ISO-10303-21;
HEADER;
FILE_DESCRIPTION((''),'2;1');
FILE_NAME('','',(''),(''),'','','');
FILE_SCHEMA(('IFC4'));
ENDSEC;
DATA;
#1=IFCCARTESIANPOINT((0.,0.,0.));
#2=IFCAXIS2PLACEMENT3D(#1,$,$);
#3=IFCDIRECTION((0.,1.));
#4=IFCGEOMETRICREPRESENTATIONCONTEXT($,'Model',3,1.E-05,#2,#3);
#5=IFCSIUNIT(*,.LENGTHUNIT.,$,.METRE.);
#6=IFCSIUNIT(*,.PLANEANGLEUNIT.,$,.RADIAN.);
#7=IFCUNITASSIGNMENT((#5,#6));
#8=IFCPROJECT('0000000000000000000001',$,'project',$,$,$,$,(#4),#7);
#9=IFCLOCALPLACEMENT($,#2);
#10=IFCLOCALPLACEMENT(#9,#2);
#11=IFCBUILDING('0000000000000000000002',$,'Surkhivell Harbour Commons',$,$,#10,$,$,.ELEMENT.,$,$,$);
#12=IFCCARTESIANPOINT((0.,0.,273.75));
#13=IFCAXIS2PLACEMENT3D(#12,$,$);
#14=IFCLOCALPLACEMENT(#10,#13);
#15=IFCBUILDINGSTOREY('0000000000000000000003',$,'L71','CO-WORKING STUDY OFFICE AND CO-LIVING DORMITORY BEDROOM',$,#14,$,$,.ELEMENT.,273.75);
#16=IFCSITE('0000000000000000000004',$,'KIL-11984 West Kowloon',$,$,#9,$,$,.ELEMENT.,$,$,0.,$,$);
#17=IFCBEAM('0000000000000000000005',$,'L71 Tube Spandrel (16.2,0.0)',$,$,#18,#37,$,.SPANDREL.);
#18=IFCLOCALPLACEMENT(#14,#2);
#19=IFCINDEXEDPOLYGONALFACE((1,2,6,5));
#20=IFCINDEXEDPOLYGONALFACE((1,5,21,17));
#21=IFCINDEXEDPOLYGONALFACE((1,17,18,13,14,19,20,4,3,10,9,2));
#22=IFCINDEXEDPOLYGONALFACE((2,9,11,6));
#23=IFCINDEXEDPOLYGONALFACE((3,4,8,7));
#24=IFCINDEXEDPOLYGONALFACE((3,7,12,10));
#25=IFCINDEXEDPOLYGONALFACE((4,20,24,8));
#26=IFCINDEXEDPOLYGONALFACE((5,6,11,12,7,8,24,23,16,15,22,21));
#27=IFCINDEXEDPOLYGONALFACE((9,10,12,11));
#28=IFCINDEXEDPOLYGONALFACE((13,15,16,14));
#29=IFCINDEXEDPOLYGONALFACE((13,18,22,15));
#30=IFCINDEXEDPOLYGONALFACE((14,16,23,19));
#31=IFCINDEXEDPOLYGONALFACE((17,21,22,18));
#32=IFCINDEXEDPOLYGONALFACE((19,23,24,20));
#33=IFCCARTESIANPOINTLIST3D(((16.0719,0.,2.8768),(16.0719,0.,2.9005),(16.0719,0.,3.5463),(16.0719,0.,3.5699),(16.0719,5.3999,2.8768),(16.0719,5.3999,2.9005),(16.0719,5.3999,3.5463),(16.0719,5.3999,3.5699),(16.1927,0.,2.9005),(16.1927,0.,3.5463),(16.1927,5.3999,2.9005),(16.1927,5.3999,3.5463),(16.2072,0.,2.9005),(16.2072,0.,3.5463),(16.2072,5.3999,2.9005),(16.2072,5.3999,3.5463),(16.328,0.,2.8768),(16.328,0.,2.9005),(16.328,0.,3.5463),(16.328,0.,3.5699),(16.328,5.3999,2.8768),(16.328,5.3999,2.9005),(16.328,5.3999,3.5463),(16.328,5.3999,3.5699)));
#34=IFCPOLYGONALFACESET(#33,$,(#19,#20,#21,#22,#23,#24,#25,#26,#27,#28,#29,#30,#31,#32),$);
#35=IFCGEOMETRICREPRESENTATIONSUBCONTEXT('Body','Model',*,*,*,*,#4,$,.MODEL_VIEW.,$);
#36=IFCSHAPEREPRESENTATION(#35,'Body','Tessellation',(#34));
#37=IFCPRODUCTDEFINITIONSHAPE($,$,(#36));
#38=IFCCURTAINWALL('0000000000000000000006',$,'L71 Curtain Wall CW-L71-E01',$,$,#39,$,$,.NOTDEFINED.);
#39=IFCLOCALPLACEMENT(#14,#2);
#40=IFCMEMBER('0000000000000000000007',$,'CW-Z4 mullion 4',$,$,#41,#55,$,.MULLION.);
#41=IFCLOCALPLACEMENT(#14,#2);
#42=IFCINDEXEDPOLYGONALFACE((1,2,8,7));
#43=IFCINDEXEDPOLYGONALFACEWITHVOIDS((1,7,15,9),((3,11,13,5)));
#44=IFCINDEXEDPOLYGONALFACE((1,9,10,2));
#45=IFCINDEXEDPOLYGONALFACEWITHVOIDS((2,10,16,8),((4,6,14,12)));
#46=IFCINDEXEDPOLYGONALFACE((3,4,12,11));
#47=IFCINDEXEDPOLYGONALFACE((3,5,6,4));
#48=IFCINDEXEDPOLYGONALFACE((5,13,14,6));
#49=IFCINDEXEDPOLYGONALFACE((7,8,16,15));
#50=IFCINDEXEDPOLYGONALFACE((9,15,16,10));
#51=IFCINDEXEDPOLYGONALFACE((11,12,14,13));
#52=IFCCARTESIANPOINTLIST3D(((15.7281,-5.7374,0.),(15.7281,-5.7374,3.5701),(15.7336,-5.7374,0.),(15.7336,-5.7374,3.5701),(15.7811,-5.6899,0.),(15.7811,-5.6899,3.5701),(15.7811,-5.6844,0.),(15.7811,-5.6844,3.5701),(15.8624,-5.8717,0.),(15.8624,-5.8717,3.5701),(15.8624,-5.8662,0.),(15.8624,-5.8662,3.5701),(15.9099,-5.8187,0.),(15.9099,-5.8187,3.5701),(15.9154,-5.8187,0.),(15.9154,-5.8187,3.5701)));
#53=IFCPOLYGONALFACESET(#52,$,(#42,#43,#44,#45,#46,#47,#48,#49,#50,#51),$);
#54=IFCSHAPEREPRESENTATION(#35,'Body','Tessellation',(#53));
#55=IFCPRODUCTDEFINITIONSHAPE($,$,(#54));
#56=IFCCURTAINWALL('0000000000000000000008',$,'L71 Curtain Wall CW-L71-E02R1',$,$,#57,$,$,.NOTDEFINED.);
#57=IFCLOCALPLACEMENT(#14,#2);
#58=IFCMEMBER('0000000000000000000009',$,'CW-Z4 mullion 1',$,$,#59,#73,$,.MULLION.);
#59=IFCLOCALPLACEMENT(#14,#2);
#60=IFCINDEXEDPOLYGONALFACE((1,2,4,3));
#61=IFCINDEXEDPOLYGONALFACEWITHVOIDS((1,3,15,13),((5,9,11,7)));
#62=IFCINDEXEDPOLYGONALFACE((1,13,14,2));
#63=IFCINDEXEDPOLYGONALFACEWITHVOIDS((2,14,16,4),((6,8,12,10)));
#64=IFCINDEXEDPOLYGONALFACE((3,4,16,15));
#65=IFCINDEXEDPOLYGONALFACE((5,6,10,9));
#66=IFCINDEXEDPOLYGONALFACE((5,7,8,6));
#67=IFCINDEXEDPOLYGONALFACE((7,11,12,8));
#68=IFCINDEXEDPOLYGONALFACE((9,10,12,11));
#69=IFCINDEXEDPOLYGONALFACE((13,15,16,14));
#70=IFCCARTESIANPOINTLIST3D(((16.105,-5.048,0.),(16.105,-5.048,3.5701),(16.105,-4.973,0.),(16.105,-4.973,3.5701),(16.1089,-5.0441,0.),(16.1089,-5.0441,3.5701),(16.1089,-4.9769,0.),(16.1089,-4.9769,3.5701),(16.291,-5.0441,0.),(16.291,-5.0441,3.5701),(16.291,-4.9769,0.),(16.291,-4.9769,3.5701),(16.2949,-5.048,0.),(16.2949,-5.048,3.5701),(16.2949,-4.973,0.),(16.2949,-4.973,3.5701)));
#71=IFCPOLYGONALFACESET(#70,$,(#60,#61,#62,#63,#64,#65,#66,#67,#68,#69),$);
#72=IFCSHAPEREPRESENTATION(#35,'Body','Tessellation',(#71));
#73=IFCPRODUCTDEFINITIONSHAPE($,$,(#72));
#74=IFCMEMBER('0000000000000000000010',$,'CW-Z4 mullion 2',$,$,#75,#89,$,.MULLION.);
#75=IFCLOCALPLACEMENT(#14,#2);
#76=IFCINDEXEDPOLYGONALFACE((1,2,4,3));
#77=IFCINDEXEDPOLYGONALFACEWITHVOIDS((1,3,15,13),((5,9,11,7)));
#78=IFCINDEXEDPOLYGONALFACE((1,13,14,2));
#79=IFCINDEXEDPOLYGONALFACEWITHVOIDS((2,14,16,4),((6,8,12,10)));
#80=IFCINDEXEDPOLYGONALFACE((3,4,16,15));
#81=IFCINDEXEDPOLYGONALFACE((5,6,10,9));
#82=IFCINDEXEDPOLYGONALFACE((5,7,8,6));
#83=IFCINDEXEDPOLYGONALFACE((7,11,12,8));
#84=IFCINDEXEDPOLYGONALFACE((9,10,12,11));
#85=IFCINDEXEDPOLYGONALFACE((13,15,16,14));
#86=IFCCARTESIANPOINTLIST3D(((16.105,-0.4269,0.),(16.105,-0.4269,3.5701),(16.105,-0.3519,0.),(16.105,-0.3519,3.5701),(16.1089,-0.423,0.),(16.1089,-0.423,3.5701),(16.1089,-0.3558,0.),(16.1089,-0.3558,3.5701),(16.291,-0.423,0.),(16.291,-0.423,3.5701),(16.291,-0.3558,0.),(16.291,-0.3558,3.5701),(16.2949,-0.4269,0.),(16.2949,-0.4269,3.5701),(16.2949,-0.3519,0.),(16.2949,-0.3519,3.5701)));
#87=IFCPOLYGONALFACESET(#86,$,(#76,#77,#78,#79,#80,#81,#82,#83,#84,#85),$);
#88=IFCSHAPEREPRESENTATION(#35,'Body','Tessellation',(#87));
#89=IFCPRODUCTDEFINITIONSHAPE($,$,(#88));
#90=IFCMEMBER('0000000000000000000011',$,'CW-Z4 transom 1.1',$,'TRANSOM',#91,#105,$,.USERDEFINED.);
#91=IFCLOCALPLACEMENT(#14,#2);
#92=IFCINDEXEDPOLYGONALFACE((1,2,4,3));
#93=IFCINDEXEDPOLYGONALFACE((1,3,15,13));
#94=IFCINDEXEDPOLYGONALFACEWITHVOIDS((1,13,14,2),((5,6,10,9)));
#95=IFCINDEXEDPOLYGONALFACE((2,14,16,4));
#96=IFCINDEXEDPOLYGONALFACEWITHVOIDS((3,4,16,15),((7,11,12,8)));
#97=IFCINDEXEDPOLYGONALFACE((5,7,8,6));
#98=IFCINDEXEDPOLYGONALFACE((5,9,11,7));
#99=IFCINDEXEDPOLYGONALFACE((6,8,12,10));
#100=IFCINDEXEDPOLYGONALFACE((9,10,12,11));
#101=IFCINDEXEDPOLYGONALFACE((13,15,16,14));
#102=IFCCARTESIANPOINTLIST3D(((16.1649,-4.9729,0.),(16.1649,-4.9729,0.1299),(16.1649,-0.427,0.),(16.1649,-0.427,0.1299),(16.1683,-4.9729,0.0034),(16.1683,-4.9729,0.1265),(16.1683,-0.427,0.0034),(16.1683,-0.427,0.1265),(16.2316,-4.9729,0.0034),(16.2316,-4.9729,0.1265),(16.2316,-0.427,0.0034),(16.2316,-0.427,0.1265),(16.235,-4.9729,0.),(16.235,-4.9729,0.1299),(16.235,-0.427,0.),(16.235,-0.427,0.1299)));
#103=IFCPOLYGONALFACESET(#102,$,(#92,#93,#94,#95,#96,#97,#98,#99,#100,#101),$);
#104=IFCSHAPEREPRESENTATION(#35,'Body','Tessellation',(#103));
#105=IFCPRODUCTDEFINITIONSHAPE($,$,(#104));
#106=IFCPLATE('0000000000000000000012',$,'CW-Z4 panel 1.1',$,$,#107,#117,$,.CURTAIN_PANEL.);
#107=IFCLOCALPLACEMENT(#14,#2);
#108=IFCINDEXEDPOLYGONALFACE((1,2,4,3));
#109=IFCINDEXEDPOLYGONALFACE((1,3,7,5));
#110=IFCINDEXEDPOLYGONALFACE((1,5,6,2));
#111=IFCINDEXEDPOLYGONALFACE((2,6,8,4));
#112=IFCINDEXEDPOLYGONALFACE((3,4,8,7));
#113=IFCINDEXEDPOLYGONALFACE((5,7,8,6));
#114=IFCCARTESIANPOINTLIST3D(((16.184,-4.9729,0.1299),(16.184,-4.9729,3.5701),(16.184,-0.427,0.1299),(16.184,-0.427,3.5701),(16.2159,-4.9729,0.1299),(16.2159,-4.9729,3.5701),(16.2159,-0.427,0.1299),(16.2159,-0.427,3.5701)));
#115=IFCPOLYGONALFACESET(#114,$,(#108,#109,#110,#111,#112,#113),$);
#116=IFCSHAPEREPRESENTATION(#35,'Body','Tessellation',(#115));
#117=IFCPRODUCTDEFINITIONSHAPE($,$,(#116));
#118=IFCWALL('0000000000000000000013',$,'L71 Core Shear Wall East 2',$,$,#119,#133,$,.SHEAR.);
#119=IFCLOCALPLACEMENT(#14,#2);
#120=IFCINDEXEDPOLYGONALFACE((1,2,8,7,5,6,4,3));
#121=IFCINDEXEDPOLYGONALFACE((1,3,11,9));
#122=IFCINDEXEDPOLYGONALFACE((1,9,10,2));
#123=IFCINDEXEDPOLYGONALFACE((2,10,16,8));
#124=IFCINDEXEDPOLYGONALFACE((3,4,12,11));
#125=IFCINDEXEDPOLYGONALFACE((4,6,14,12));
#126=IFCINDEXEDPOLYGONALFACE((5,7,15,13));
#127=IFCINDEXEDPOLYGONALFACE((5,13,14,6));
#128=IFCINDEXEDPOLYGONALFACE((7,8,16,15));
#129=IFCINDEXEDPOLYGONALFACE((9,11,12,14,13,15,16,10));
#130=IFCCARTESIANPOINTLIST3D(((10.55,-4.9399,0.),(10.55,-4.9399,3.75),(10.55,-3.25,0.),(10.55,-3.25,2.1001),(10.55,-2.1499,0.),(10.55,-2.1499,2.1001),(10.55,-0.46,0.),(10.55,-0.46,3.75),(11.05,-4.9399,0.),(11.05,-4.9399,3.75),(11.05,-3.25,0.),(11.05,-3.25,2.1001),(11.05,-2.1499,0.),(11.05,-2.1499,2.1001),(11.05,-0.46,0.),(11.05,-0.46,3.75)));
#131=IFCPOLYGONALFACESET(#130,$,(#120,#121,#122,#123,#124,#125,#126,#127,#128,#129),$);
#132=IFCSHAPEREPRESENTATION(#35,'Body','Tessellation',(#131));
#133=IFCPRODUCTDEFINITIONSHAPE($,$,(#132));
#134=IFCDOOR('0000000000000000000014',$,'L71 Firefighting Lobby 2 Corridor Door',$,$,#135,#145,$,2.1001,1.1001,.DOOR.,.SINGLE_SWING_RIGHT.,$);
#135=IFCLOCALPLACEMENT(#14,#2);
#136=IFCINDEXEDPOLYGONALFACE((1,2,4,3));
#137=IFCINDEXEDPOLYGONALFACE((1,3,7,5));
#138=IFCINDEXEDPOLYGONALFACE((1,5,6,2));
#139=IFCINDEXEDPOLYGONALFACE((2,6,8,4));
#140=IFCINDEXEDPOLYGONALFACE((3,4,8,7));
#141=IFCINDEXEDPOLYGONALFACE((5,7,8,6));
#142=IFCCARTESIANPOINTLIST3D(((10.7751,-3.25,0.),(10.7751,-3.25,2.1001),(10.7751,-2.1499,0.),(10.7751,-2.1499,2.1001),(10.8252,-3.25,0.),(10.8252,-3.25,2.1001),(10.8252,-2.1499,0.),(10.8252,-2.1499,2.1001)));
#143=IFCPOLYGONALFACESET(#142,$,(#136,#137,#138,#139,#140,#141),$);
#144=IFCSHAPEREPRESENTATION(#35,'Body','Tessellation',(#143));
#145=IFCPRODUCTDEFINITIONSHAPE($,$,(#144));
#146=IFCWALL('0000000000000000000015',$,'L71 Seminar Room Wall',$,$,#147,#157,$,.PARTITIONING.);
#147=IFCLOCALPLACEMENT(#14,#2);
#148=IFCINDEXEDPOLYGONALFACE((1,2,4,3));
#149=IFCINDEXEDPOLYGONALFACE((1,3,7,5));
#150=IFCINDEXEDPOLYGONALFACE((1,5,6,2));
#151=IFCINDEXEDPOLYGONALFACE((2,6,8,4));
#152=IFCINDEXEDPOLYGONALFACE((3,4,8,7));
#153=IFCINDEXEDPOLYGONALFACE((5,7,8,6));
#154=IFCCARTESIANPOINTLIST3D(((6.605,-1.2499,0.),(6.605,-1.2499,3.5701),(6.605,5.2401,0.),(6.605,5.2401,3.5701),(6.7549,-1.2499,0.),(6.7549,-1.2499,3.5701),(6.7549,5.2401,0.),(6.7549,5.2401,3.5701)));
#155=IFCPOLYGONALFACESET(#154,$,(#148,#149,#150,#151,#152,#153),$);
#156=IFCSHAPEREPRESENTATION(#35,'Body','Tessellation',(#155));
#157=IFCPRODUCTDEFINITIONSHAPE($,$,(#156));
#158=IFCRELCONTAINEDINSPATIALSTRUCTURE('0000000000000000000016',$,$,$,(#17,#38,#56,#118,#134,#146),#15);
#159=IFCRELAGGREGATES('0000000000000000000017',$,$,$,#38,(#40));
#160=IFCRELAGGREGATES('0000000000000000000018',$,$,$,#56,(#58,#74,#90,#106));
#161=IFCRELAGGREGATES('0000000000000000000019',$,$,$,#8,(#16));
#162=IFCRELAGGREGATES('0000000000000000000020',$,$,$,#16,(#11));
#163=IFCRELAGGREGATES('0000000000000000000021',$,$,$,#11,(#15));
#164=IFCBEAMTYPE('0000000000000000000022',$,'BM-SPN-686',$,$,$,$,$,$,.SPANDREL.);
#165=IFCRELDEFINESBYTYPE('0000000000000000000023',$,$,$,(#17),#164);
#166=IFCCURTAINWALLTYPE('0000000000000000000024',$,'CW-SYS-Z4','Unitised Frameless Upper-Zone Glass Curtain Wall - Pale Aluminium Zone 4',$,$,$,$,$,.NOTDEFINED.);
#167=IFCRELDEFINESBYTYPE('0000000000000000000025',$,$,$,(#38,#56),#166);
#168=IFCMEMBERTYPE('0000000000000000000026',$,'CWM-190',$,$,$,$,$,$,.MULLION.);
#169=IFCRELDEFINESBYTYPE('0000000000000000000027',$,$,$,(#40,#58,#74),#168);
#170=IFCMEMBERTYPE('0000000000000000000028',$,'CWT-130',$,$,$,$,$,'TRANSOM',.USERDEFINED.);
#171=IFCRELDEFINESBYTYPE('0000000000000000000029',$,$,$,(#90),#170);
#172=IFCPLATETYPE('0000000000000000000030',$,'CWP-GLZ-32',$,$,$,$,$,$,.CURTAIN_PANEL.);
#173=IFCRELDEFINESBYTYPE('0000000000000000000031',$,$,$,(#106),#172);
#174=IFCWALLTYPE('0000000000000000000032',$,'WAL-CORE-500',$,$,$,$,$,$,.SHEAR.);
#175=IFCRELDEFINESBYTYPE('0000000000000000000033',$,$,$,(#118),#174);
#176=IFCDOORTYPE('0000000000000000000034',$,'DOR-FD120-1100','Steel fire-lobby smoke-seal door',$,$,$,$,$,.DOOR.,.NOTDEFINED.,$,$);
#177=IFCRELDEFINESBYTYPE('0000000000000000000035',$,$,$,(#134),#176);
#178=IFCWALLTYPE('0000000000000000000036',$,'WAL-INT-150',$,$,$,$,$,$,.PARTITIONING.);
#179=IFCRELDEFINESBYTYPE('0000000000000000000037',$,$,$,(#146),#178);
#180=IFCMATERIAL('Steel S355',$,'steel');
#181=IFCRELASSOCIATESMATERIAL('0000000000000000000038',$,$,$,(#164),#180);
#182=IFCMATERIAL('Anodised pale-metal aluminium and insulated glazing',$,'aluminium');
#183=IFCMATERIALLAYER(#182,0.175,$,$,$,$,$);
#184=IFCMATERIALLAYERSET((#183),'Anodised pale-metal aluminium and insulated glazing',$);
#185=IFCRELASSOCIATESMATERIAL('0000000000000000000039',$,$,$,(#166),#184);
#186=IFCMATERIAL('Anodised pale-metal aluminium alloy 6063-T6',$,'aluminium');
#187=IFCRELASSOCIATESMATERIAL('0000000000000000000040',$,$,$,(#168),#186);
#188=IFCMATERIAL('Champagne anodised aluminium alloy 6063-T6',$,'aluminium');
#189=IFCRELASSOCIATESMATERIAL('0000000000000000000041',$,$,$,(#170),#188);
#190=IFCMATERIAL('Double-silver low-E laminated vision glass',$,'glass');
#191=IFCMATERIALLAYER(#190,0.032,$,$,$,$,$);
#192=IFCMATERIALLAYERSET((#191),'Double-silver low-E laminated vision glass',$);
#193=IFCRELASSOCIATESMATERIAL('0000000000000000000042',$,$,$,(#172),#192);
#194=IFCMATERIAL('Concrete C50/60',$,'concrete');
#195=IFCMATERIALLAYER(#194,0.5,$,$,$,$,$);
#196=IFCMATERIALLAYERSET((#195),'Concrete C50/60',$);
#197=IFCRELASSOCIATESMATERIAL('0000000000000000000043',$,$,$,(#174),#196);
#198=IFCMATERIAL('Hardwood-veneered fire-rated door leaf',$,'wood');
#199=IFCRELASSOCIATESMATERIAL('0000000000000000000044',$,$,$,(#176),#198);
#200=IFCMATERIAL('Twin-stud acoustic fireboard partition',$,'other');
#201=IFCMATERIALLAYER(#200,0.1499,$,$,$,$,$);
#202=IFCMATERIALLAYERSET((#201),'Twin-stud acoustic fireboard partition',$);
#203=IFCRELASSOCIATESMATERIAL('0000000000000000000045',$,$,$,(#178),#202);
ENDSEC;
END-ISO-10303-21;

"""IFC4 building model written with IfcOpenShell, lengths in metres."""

from ifc_helpers import new_model, si_unit, direction, frame, frame_2d, origin, origin_2d, place, context, subcontext, project, spatial, rectangle, hollow_rectangle, i_section, extrude, material, layer, layer_set, material_profile, profile_set, type_object, element, fill, aggregate, save


model = new_model("IFC4")

# Units and contexts
model_context = context("Model", 3, precision=1e-05, world=origin(), true_north=direction((0.0, 1.0)))
body_context = subcontext(model_context, "Body", "Model", "MODEL_VIEW")
ifc_project = project(units=[si_unit("LENGTHUNIT", "METRE"), si_unit("PLANEANGLEUNIT", "RADIAN")], contexts=[model_context])

# Site, building, storey
site_placement = place(None, origin())
site = spatial("IfcSite", under=ifc_project, at=site_placement, Name="KIL-11984 West Kowloon", CompositionType="ELEMENT", RefElevation=0.0)
building_placement = place(site_placement, origin())
building = spatial("IfcBuilding", under=site, at=building_placement, Name="Surkhivell Harbour Commons", CompositionType="ELEMENT")
storey_placement = place(building_placement, frame((0.0, 0.0, 273.75)))
storey = spatial("IfcBuildingStorey", under=building, at=storey_placement, Name="L71", Description="CO-WORKING STUDY OFFICE AND CO-LIVING DORMITORY BEDROOM", CompositionType="ELEMENT", Elevation=273.75)

# Shared definitions
ifc_material_1 = material(Name="Concrete C50/60", Category="concrete")

# Beam
ifc_material_2 = material(Name="Steel S355", Category="steel")
ifc_material_profile_1 = material_profile(ifc_material_2, i_section(OverallWidth=0.2561, OverallDepth=0.6931, WebThickness=0.0144, FlangeThickness=0.0237, at=origin_2d()), Name="UB686x254x170")
ifc_profile_set_1 = profile_set([ifc_material_profile_1], Name="Steel S355")
beam_type_1 = type_object("IfcBeamType", Name="BM-SPN-686", PredefinedType="SPANDREL", material=ifc_profile_set_1)
for number, where, z_axis, x_axis, name in (
    (1, (16.2, 0.0, 3.2234), (0.0, 1.0, 0.0), (-1.0, 0.0, 0.0), "L71 Tube Spandrel (16.2,0.0)"),
):
    element("IfcBeam", number, at=place(storey_placement, frame(where, z_axis=z_axis, x_axis=x_axis)), inside=storey, type_object=beam_type_1, Name=name, PredefinedType="SPANDREL", context=body_context, shape_type="SweptSolid", body=[
        extrude(i_section(OverallWidth=0.2561, OverallDepth=0.6931, WebThickness=0.0144, FlangeThickness=0.0237, at=origin_2d()), origin(), (0.0, 0.0, 1.0), 5.3999),
    ])

# Curtain wall, member
ifc_material_3 = material(Name="Anodised pale-metal aluminium and insulated glazing", Category="aluminium")
ifc_layer_1 = layer(ifc_material_3, 0.175)
ifc_layer_set_1 = layer_set([ifc_layer_1], Name="Anodised pale-metal aluminium and insulated glazing")
curtain_wall_type = type_object("IfcCurtainWallType", Name="CW-SYS-Z4", Description="Unitised Frameless Upper-Zone Glass Curtain Wall - Pale Aluminium Zone 4", PredefinedType="NOTDEFINED", material=ifc_layer_set_1)
curtain_wall_1_placement = place(storey_placement, origin())
curtain_wall_1 = element("IfcCurtainWall", 2, at=curtain_wall_1_placement, inside=storey, type_object=curtain_wall_type, Name="L71 Curtain Wall CW-L71-E01", PredefinedType="NOTDEFINED")
ifc_material_4 = material(Name="Anodised pale-metal aluminium alloy 6063-T6", Category="aluminium")
ifc_material_profile_2 = material_profile(ifc_material_4, hollow_rectangle(XDim=0.075, YDim=0.1899, WallThickness=0.0039, at=origin_2d()), Name="ALU-MULL-75x190")
ifc_profile_set_2 = profile_set([ifc_material_profile_2], Name="Anodised pale-metal aluminium alloy 6063-T6")
member_type_1 = type_object("IfcMemberType", Name="CWM-190", PredefinedType="MULLION", material=ifc_profile_set_2)
member_1_placement = place(storey_placement, frame((15.8218, -5.7781, 0.0), z_axis=(0.0, 0.0, 1.0), x_axis=(0.707107, 0.707107, 0.0)))
member_1 = element("IfcMember", 3, at=member_1_placement, type_object=member_type_1, Name="CW-Z4 mullion 4", PredefinedType="MULLION", context=body_context, shape_type="SweptSolid", body=[
    extrude(hollow_rectangle(XDim=0.075, YDim=0.1899, WallThickness=0.0039, at=origin_2d()), origin(), (0.0, 0.0, 1.0), 3.5701),
])
aggregate(curtain_wall_1, [member_1])

# Curtain wall, members, plate
curtain_wall_2_placement = place(storey_placement, origin())
curtain_wall_2 = element("IfcCurtainWall", 4, at=curtain_wall_2_placement, inside=storey, type_object=curtain_wall_type, Name="L71 Curtain Wall CW-L71-E02R1", PredefinedType="NOTDEFINED")
member_2_placement = place(storey_placement, frame((16.2, -5.0105, 0.0), z_axis=(0.0, 0.0, 1.0), x_axis=(0.0, 1.0, 0.0)))
member_2 = element("IfcMember", 5, at=member_2_placement, type_object=member_type_1, Name="CW-Z4 mullion 1", PredefinedType="MULLION", context=body_context, shape_type="SweptSolid", body=[
    extrude(hollow_rectangle(XDim=0.075, YDim=0.1899, WallThickness=0.0039, at=origin_2d()), origin(), (0.0, 0.0, 1.0), 3.5701),
])
member_3_placement = place(storey_placement, frame((16.2, -0.3894, 0.0), z_axis=(0.0, 0.0, 1.0), x_axis=(0.0, 1.0, 0.0)))
member_3 = element("IfcMember", 6, at=member_3_placement, type_object=member_type_1, Name="CW-Z4 mullion 2", PredefinedType="MULLION", context=body_context, shape_type="SweptSolid", body=[
    extrude(hollow_rectangle(XDim=0.075, YDim=0.1899, WallThickness=0.0039, at=origin_2d()), origin(), (0.0, 0.0, 1.0), 3.5701),
])
ifc_material_5 = material(Name="Champagne anodised aluminium alloy 6063-T6", Category="aluminium")
ifc_material_profile_3 = material_profile(ifc_material_5, hollow_rectangle(XDim=0.0701, YDim=0.1299, WallThickness=0.0034, at=origin_2d()), Name="ALU-TRAN-70x130")
ifc_profile_set_3 = profile_set([ifc_material_profile_3], Name="Champagne anodised aluminium alloy 6063-T6")
member_type_2 = type_object("IfcMemberType", Name="CWT-130", ElementType="TRANSOM", PredefinedType="USERDEFINED", material=ifc_profile_set_3)
member_4_placement = place(storey_placement, frame((16.2, -4.9729, 0.0649), z_axis=(0.0, 1.0, 0.0), x_axis=(-1.0, 0.0, 0.0)))
member_4 = element("IfcMember", 7, at=member_4_placement, type_object=member_type_2, Name="CW-Z4 transom 1.1", ObjectType="TRANSOM", PredefinedType="USERDEFINED", context=body_context, shape_type="SweptSolid", body=[
    extrude(hollow_rectangle(XDim=0.0701, YDim=0.1299, WallThickness=0.0034, at=origin_2d()), origin(), (0.0, 0.0, 1.0), 4.5459),
])
ifc_material_6 = material(Name="Double-silver low-E laminated vision glass", Category="glass")
ifc_layer_2 = layer(ifc_material_6, 0.032)
ifc_layer_set_2 = layer_set([ifc_layer_2], Name="Double-silver low-E laminated vision glass")
plate_type = type_object("IfcPlateType", Name="CWP-GLZ-32", PredefinedType="CURTAIN_PANEL", material=ifc_layer_set_2)
plate_placement = place(storey_placement, frame((16.2, -4.9729, 0.1299), z_axis=(0.0, 0.0, 1.0), x_axis=(0.0, 1.0, 0.0)))
plate = element("IfcPlate", 8, at=plate_placement, type_object=plate_type, Name="CW-Z4 panel 1.1", PredefinedType="CURTAIN_PANEL", context=body_context, shape_type="SweptSolid", body=[
    extrude(rectangle(XDim=4.5459, YDim=0.032, at=frame_2d((2.2729, 0.0))), origin(), (0.0, 0.0, 1.0), 3.4402),
])
aggregate(curtain_wall_2, [member_2, member_3, member_4, plate])

# Wall, opening, door
ifc_layer_3 = layer(ifc_material_1, 0.5)
ifc_layer_set_3 = layer_set([ifc_layer_3], Name="Concrete C50/60")
wall_type_1 = type_object("IfcWallType", Name="WAL-CORE-500", PredefinedType="SHEAR", material=ifc_layer_set_3)
wall_1_placement = place(storey_placement, frame((10.8, -4.9399, 0.0), z_axis=(0.0, 0.0, 1.0), x_axis=(0.0, 1.0, 0.0)))
wall_1 = element("IfcWall", 9, at=wall_1_placement, inside=storey, type_object=wall_type_1, Name="L71 Core Shear Wall East 2", PredefinedType="SHEAR", context=body_context, shape_type="SweptSolid", body=[
    extrude(rectangle(XDim=4.48, YDim=0.5, at=frame_2d((2.24, 0.0))), origin(), (0.0, 0.0, 1.0), 3.75),
])
opening_1_placement = place(wall_1_placement, frame((1.6899, 0.0, 0.0)))
opening_1 = element("IfcOpeningElement", 10, at=opening_1_placement, cuts=wall_1, PredefinedType="OPENING", context=body_context, shape_type="SweptSolid", body=[
    extrude(rectangle(XDim=1.1001, YDim=2.1001, at=frame_2d((0.55, 1.05))), frame((0.0, 0.26, 0.0), z_axis=(0.0, -1.0, 0.0), x_axis=(1.0, 0.0, 0.0)), (0.0, 0.0, 1.0), 0.52),
])
ifc_material_7 = material(Name="Hardwood-veneered fire-rated door leaf", Category="wood")
door_type_1 = type_object("IfcDoorType", Name="DOR-FD120-1100", Description="Steel fire-lobby smoke-seal door", OperationType="NOTDEFINED", PredefinedType="DOOR", material=ifc_material_7)
door_1_placement = place(opening_1_placement, origin())
door_1 = element("IfcDoor", 11, at=door_1_placement, inside=storey, type_object=door_type_1, Name="L71 Firefighting Lobby 2 Corridor Door", OperationType="SINGLE_SWING_RIGHT", OverallHeight=2.1001, OverallWidth=1.1001, PredefinedType="DOOR", context=body_context, shape_type="SweptSolid", body=[
    extrude(rectangle(XDim=1.1001, YDim=2.1001, at=frame_2d((0.55, 1.05))), frame((0.0, 0.0249, 0.0), z_axis=(0.0, -1.0, 0.0), x_axis=(1.0, 0.0, 0.0)), (0.0, 0.0, 1.0), 0.05),
])
fill(opening_1, door_1)

# Wall
ifc_material_8 = material(Name="Twin-stud acoustic fireboard partition", Category="other")
ifc_layer_4 = layer(ifc_material_8, 0.1499)
ifc_layer_set_4 = layer_set([ifc_layer_4], Name="Twin-stud acoustic fireboard partition")
wall_type_2 = type_object("IfcWallType", Name="WAL-INT-150", PredefinedType="PARTITIONING", material=ifc_layer_set_4)
wall_2_placement = place(storey_placement, frame((6.6799, -1.25, 0.0), z_axis=(0.0, 0.0, 1.0), x_axis=(0.0, 1.0, 0.0)))
element("IfcWall", 12, at=wall_2_placement, inside=storey, type_object=wall_type_2, Name="L71 Seminar Room Wall", PredefinedType="PARTITIONING", context=body_context, shape_type="SweptSolid", body=[
    extrude(rectangle(XDim=6.49, YDim=0.1499, at=frame_2d((3.2451, 0.0))), origin(), (0.0, 0.0, 1.0), 3.5701),
])

save(model, "model.ifc")
